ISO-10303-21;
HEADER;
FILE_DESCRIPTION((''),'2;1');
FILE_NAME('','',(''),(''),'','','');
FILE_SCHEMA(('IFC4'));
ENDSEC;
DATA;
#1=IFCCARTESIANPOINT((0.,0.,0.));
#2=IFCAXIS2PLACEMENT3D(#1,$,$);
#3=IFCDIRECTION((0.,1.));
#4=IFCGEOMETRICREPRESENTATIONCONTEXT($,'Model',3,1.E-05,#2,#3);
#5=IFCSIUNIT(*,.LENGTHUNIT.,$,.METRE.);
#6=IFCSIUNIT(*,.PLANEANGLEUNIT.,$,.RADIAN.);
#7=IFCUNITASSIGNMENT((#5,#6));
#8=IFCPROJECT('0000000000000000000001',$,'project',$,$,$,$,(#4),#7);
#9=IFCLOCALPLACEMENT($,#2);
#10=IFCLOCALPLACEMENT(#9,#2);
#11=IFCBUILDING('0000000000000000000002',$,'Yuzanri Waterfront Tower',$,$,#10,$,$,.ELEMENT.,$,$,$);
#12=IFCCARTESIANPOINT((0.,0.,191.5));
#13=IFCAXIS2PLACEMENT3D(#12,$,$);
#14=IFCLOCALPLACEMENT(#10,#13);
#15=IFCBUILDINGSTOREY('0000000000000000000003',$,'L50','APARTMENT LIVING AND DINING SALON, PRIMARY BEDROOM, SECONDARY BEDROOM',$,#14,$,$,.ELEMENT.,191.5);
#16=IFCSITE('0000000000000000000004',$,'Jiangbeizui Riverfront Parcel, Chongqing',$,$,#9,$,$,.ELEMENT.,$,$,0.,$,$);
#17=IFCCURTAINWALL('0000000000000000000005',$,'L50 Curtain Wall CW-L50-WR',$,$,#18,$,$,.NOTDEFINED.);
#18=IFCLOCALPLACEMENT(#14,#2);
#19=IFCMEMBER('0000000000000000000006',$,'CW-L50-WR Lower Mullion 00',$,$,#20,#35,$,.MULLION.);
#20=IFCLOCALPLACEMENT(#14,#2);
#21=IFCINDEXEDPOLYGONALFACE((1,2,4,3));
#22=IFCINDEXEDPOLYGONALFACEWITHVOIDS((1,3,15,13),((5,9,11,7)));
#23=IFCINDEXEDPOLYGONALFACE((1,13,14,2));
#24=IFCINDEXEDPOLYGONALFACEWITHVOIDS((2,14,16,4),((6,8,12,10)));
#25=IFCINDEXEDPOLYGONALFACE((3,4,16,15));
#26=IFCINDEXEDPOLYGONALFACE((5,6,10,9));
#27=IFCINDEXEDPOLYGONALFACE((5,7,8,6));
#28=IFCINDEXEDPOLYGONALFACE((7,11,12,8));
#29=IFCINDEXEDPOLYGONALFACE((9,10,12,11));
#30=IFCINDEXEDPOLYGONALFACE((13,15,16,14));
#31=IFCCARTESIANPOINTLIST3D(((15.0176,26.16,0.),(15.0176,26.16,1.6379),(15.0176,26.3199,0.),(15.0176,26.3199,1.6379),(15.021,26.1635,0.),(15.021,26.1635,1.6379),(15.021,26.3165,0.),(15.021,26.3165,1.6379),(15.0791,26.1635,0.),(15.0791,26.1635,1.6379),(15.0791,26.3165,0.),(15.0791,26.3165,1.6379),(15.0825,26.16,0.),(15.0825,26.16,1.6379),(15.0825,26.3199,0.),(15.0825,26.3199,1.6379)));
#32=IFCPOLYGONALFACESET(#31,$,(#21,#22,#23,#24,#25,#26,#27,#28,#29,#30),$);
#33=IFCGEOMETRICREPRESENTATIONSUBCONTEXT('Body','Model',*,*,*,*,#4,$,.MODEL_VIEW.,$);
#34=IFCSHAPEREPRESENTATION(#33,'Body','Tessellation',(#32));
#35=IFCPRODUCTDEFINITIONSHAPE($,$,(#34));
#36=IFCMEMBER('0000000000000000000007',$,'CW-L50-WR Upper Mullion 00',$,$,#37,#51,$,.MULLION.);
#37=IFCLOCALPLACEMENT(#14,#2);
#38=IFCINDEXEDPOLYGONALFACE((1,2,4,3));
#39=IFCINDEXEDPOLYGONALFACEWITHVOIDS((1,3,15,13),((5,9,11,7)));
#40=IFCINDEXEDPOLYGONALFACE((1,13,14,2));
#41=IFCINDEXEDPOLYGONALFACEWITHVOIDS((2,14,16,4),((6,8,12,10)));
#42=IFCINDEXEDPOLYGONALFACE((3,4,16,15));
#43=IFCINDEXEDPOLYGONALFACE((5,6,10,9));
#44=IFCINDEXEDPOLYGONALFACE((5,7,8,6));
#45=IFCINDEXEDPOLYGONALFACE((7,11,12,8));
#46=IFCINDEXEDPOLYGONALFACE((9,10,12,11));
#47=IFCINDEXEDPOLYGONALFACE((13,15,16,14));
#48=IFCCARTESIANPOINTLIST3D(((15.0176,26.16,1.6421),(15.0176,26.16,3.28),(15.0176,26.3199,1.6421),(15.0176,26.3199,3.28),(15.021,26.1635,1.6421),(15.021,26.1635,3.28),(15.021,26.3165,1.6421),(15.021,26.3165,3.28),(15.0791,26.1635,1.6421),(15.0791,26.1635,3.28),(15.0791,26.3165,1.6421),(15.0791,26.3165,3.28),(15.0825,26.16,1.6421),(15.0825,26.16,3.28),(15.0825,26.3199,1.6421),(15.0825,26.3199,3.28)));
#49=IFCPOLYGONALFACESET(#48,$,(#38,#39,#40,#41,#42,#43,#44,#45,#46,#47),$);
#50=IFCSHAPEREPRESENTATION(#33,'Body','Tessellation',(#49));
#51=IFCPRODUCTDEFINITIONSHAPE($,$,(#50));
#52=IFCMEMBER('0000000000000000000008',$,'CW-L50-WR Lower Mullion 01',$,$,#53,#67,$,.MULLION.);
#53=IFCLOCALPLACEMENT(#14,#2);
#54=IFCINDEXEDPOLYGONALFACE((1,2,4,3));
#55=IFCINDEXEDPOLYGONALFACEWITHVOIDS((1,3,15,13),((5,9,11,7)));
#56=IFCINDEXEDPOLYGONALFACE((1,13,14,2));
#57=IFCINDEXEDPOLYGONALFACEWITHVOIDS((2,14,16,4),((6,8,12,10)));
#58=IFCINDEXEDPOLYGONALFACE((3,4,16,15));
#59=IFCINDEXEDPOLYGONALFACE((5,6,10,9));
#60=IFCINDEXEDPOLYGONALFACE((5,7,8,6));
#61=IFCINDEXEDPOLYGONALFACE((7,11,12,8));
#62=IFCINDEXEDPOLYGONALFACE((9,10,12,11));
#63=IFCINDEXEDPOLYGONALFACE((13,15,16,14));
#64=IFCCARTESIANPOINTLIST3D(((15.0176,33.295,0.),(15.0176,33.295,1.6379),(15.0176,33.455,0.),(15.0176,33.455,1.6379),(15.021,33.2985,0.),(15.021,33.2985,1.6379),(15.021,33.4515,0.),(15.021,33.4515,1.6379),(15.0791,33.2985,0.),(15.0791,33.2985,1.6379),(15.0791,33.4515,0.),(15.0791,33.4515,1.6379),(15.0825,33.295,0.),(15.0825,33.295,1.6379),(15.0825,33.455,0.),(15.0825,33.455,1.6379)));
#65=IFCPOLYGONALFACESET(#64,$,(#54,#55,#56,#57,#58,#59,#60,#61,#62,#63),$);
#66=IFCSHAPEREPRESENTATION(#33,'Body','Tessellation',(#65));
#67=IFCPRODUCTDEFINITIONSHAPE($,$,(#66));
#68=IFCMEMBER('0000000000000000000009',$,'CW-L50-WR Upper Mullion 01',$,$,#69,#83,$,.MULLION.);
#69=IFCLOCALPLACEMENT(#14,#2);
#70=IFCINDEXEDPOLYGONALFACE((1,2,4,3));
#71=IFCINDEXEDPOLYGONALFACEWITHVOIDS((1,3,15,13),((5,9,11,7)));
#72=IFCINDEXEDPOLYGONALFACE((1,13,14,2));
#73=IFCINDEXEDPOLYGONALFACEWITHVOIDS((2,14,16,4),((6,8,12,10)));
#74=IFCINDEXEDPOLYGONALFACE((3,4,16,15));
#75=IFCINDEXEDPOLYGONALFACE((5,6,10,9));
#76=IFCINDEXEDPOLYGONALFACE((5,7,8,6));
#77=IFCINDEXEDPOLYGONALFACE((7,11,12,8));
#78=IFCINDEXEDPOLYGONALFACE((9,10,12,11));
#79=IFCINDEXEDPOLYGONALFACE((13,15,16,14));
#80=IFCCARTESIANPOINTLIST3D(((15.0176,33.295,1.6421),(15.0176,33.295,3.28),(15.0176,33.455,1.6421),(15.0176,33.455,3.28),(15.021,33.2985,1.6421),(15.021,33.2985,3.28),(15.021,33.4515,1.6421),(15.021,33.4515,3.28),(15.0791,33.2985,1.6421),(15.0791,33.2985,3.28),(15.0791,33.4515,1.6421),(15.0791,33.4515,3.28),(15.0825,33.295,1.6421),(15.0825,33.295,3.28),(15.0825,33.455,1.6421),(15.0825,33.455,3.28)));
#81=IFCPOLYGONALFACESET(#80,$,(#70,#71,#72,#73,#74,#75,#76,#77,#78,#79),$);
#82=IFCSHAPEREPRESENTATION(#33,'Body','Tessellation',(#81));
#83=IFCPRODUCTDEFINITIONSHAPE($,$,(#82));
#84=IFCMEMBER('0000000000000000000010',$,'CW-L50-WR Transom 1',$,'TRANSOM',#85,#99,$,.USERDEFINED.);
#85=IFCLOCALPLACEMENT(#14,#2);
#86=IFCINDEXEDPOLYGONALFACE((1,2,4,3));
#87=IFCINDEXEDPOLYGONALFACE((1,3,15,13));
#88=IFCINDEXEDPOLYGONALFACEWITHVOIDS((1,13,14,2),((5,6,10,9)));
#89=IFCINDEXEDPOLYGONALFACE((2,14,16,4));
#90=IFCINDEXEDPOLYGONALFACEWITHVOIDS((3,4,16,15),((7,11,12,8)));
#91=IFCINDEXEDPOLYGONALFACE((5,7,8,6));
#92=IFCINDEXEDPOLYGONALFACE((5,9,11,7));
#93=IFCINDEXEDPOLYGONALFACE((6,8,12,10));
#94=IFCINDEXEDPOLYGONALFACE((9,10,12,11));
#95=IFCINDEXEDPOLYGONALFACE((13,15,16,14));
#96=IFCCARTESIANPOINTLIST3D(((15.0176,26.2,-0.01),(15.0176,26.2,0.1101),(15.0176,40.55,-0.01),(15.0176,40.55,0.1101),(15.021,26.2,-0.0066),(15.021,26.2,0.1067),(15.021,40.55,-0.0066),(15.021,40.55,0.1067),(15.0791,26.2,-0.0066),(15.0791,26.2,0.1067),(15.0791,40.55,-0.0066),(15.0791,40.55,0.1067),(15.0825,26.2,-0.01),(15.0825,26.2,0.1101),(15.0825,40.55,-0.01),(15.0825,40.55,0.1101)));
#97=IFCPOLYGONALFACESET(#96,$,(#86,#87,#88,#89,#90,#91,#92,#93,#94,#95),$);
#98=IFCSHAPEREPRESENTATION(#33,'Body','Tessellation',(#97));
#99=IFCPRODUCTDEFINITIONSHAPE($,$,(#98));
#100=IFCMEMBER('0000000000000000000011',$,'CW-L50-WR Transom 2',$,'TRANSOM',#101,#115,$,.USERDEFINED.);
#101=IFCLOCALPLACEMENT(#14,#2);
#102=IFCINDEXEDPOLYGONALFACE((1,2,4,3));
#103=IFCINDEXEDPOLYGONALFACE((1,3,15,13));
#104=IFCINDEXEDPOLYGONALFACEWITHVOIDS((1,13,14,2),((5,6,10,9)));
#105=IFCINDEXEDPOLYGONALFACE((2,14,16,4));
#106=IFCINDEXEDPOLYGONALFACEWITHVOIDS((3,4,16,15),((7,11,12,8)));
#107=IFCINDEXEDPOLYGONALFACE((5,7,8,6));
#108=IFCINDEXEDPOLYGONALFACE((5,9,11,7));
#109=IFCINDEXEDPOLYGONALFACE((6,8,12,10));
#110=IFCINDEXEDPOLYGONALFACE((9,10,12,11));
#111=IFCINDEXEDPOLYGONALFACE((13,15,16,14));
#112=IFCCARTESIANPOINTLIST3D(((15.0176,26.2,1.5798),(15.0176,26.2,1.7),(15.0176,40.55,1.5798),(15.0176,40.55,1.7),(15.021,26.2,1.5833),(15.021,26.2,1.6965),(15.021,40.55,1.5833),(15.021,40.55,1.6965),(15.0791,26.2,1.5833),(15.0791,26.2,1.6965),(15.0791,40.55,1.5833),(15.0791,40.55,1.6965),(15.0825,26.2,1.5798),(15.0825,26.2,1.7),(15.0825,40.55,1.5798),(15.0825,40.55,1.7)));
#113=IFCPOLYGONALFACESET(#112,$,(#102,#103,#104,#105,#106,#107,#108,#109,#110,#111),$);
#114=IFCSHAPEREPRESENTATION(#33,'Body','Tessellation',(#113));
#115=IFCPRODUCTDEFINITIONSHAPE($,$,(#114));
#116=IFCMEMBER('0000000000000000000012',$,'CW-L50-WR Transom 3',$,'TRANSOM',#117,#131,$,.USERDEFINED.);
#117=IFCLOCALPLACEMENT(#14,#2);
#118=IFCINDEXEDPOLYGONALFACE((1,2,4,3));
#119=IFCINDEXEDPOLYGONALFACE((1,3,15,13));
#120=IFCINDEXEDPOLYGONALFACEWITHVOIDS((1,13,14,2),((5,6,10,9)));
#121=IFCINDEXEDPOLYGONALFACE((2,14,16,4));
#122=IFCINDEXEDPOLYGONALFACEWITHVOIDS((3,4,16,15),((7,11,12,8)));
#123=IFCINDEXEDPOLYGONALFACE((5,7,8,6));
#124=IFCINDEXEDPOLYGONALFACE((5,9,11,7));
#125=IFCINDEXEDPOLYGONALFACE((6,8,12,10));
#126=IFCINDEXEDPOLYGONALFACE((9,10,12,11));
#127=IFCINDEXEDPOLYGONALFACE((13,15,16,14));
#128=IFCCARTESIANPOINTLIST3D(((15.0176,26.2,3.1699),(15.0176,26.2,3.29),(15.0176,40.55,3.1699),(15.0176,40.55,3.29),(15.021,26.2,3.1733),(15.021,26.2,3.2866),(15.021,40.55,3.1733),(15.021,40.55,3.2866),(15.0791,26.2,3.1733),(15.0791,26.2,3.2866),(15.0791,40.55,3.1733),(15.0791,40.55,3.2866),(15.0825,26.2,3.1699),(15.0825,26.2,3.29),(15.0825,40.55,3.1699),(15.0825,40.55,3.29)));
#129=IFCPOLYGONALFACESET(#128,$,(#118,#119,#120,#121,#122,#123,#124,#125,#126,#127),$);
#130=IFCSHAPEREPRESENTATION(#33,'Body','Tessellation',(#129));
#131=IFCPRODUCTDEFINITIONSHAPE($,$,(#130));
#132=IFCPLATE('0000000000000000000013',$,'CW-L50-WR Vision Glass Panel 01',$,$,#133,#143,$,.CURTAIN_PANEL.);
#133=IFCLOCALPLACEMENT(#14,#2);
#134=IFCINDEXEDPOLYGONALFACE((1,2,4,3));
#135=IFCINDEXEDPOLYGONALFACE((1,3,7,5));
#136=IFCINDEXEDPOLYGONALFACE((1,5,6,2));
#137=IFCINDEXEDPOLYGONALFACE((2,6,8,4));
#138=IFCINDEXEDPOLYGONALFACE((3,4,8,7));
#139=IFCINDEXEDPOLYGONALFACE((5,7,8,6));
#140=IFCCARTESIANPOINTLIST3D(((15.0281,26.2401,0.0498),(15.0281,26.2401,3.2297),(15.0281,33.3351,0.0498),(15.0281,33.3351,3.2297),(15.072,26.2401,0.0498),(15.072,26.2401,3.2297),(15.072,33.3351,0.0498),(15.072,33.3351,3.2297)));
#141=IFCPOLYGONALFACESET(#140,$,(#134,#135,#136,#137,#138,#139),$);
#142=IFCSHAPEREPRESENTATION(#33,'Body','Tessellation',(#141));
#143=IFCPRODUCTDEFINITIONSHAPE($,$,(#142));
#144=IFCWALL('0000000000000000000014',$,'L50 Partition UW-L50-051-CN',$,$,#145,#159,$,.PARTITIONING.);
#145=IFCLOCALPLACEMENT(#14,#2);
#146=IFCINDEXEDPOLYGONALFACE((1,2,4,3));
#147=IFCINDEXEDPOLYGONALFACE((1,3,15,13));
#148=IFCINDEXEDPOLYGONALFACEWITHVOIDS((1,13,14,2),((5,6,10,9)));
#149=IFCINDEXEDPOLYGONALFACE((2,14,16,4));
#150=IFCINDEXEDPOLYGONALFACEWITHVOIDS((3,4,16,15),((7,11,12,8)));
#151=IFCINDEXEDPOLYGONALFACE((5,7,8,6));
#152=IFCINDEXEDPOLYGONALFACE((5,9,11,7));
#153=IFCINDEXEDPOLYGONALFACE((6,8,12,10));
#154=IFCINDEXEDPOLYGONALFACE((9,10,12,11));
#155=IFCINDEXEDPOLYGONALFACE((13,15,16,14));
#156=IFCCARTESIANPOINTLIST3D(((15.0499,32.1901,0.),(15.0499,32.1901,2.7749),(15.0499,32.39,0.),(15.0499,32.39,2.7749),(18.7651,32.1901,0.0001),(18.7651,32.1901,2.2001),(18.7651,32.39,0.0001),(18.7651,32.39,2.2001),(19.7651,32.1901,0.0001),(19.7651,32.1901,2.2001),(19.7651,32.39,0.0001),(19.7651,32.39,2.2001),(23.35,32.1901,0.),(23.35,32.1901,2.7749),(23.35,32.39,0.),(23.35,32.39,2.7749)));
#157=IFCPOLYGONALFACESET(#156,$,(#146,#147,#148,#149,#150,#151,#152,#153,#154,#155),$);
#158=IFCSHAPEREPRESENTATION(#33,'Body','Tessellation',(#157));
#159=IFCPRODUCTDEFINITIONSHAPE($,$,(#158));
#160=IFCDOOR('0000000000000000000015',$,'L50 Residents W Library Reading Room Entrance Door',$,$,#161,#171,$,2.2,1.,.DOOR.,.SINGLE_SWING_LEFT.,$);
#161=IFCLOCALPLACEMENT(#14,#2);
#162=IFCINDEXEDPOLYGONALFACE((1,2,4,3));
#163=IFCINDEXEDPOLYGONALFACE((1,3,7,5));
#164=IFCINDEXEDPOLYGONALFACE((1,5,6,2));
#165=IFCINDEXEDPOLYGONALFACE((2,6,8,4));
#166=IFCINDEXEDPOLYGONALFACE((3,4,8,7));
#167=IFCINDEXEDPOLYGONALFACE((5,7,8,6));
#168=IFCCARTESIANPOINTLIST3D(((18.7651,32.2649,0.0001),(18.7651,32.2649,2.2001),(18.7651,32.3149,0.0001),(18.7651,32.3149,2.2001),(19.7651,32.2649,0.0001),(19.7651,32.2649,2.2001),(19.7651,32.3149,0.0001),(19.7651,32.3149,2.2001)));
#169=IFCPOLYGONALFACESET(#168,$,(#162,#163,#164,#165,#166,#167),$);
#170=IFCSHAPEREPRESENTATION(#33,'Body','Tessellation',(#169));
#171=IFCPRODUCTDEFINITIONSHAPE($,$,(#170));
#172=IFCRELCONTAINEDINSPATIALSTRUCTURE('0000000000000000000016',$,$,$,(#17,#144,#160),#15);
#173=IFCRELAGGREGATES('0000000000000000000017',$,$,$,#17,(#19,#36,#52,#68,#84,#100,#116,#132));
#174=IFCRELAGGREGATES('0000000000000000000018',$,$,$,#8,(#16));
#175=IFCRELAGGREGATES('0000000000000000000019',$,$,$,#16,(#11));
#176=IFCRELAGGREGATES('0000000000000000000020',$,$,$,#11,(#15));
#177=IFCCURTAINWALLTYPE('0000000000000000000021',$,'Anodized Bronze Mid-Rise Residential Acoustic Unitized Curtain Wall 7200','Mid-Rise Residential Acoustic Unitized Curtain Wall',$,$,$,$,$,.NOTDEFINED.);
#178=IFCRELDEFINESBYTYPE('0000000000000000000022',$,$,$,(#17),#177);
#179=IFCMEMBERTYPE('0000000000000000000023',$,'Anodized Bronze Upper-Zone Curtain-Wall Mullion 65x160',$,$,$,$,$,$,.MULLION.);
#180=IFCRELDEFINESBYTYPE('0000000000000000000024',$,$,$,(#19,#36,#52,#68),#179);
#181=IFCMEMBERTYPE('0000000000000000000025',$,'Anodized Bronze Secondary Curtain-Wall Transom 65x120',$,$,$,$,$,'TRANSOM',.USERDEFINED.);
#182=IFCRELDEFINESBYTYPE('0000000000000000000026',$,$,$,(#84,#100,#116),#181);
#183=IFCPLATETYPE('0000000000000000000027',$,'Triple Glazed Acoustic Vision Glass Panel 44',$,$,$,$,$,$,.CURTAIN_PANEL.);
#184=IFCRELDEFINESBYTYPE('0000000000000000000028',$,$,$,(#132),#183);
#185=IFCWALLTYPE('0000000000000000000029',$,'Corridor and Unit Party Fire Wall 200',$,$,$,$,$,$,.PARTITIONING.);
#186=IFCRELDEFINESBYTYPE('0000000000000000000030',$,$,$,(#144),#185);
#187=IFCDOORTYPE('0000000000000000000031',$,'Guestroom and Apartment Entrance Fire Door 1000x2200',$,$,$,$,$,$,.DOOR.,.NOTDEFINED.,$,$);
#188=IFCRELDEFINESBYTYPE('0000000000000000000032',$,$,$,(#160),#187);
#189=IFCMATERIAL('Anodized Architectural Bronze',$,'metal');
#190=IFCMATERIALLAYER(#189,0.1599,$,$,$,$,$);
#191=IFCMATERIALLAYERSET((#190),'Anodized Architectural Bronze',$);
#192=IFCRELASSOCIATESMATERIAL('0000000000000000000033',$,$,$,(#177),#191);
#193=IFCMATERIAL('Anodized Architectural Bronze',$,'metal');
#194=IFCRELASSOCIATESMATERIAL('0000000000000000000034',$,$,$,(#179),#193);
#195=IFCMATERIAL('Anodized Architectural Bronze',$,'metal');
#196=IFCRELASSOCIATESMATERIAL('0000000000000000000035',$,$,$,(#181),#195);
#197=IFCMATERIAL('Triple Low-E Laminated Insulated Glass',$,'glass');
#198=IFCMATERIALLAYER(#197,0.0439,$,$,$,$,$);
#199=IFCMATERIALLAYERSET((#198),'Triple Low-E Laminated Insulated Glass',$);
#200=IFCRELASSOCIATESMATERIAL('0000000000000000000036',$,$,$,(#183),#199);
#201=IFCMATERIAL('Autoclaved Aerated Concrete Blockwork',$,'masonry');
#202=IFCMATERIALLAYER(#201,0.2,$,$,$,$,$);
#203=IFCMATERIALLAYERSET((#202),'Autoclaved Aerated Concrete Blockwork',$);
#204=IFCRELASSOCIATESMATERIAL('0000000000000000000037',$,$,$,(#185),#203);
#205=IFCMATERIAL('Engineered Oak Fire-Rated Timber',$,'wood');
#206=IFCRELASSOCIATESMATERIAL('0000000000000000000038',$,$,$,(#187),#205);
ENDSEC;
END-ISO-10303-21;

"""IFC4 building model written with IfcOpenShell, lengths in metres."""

from ifc_helpers import new_model, si_unit, direction, frame, frame_2d, origin, origin_2d, place, context, subcontext, project, spatial, rectangle, hollow_rectangle, extrude, source, transform, mapped, material, layer, layer_set, material_profile, profile_set, type_object, element, fill, aggregate, save


model = new_model("IFC4")

# Units and contexts
model_context = context("Model", 3, precision=1e-05, world=origin(), true_north=direction((0.0, 1.0)))
body_context = subcontext(model_context, "Body", "Model", "MODEL_VIEW")
ifc_project = project(units=[si_unit("LENGTHUNIT", "METRE"), si_unit("PLANEANGLEUNIT", "RADIAN")], contexts=[model_context])

# Site, building, storey
site_placement = place(None, origin())
site = spatial("IfcSite", under=ifc_project, at=site_placement, Name="Jiangbeizui Riverfront Parcel, Chongqing", CompositionType="ELEMENT", RefElevation=0.0)
building_placement = place(site_placement, origin())
building = spatial("IfcBuilding", under=site, at=building_placement, Name="Yuzanri Waterfront Tower", CompositionType="ELEMENT")
storey_placement = place(building_placement, frame((0.0, 0.0, 191.5)))
storey = spatial("IfcBuildingStorey", under=building, at=storey_placement, Name="L50", Description="APARTMENT LIVING AND DINING SALON, PRIMARY BEDROOM, SECONDARY BEDROOM", CompositionType="ELEMENT", Elevation=191.5)

# Shared definitions
ifc_material_1 = material(Name="Anodized Architectural Bronze", Category="metal")
ifc_layer_1 = layer(ifc_material_1, 0.1599)
ifc_layer_set_1 = layer_set([ifc_layer_1], Name="Anodized Architectural Bronze")
curtain_wall_type = type_object("IfcCurtainWallType", Name="Anodized Bronze Mid-Rise Residential Acoustic Unitized Curtain Wall 7200", Description="Mid-Rise Residential Acoustic Unitized Curtain Wall", PredefinedType="NOTDEFINED", material=ifc_layer_set_1)
ifc_material_2 = material(Name="Anodized Architectural Bronze", Category="metal")
ifc_material_profile_1 = material_profile(ifc_material_2, hollow_rectangle(XDim=0.0649, YDim=0.1599, WallThickness=0.0034, at=origin_2d()), Name="CWM 65x160")
ifc_profile_set_1 = profile_set([ifc_material_profile_1], Name="Anodized Architectural Bronze")
member_type_1 = type_object("IfcMemberType", Name="Anodized Bronze Upper-Zone Curtain-Wall Mullion 65x160", PredefinedType="MULLION", material=ifc_profile_set_1)
shared_shape_1 = source(origin(), body_context, "Body", "SweptSolid", [
    extrude(hollow_rectangle(XDim=0.0649, YDim=0.1599, WallThickness=0.0034, at=origin_2d()), origin(), (0.0, 0.0, 1.0), 1.6379),
])

# Curtain wall, members, plate
curtain_wall_1_placement = place(storey_placement, origin())
curtain_wall_1 = element("IfcCurtainWall", 1, at=curtain_wall_1_placement, inside=storey, type_object=curtain_wall_type, Name="L50 Curtain Wall CW-L50-WR", PredefinedType="NOTDEFINED")
member_1_placement = place(storey_placement, frame((15.05, 26.24, 0.0), z_axis=(0.0, 0.0, 1.0), x_axis=(1.0, 0.0, 0.0)))
member_1 = element("IfcMember", 2, at=member_1_placement, type_object=member_type_1, Name="CW-L50-WR Lower Mullion 00", PredefinedType="MULLION", context=body_context, shape_type="MappedRepresentation", body=[
    mapped(shared_shape_1, transform((0.0, 0.0, 0.0), scale=1.0)),
])
member_2_placement = place(storey_placement, frame((15.05, 26.24, 1.6421), z_axis=(0.0, 0.0, 1.0), x_axis=(1.0, 0.0, 0.0)))
member_2 = element("IfcMember", 3, at=member_2_placement, type_object=member_type_1, Name="CW-L50-WR Upper Mullion 00", PredefinedType="MULLION", context=body_context, shape_type="MappedRepresentation", body=[
    mapped(shared_shape_1, transform((0.0, 0.0, 0.0), scale=1.0)),
])
member_3_placement = place(storey_placement, frame((15.05, 33.375, 0.0), z_axis=(0.0, 0.0, 1.0), x_axis=(1.0, 0.0, 0.0)))
member_3 = element("IfcMember", 4, at=member_3_placement, type_object=member_type_1, Name="CW-L50-WR Lower Mullion 01", PredefinedType="MULLION", context=body_context, shape_type="MappedRepresentation", body=[
    mapped(shared_shape_1, transform((0.0, 0.0, 0.0), scale=1.0)),
])
member_4_placement = place(storey_placement, frame((15.05, 33.375, 1.6421), z_axis=(0.0, 0.0, 1.0), x_axis=(1.0, 0.0, 0.0)))
member_4 = element("IfcMember", 5, at=member_4_placement, type_object=member_type_1, Name="CW-L50-WR Upper Mullion 01", PredefinedType="MULLION", context=body_context, shape_type="MappedRepresentation", body=[
    mapped(shared_shape_1, transform((0.0, 0.0, 0.0), scale=1.0)),
])
ifc_material_3 = material(Name="Anodized Architectural Bronze", Category="metal")
ifc_material_profile_2 = material_profile(ifc_material_3, hollow_rectangle(XDim=0.0649, YDim=0.1201, WallThickness=0.0034, at=origin_2d()), Name="CWT 65x120")
ifc_profile_set_2 = profile_set([ifc_material_profile_2], Name="Anodized Architectural Bronze")
member_type_2 = type_object("IfcMemberType", Name="Anodized Bronze Secondary Curtain-Wall Transom 65x120", ElementType="TRANSOM", PredefinedType="USERDEFINED", material=ifc_profile_set_2)
shared_shape_2 = source(origin(), body_context, "Body", "SweptSolid", [
    extrude(hollow_rectangle(XDim=0.0649, YDim=0.1201, WallThickness=0.0034, at=origin_2d()), origin(), (0.0, 0.0, 1.0), 14.3501),
])
member_5_placement = place(storey_placement, frame((15.05, 26.2, 0.05), z_axis=(0.0, 1.0, 0.0), x_axis=(-1.0, 0.0, 0.0)))
member_5 = element("IfcMember", 6, at=member_5_placement, type_object=member_type_2, Name="CW-L50-WR Transom 1", ObjectType="TRANSOM", PredefinedType="USERDEFINED", context=body_context, shape_type="MappedRepresentation", body=[
    mapped(shared_shape_2, transform((0.0, 0.0, 0.0), scale=1.0)),
])
member_6_placement = place(storey_placement, frame((15.05, 26.2, 1.6399), z_axis=(0.0, 1.0, 0.0), x_axis=(-1.0, 0.0, 0.0)))
member_6 = element("IfcMember", 7, at=member_6_placement, type_object=member_type_2, Name="CW-L50-WR Transom 2", ObjectType="TRANSOM", PredefinedType="USERDEFINED", context=body_context, shape_type="MappedRepresentation", body=[
    mapped(shared_shape_2, transform((0.0, 0.0, 0.0), scale=1.0)),
])
member_7_placement = place(storey_placement, frame((15.05, 26.2, 3.23), z_axis=(0.0, 1.0, 0.0), x_axis=(-1.0, 0.0, 0.0)))
member_7 = element("IfcMember", 8, at=member_7_placement, type_object=member_type_2, Name="CW-L50-WR Transom 3", ObjectType="TRANSOM", PredefinedType="USERDEFINED", context=body_context, shape_type="MappedRepresentation", body=[
    mapped(shared_shape_2, transform((0.0, 0.0, 0.0), scale=1.0)),
])
ifc_material_4 = material(Name="Triple Low-E Laminated Insulated Glass", Category="glass")
ifc_layer_2 = layer(ifc_material_4, 0.0439)
ifc_layer_set_2 = layer_set([ifc_layer_2], Name="Triple Low-E Laminated Insulated Glass")
plate_type = type_object("IfcPlateType", Name="Triple Glazed Acoustic Vision Glass Panel 44", PredefinedType="CURTAIN_PANEL", material=ifc_layer_set_2)
shared_shape_3 = source(origin(), body_context, "Body", "SweptSolid", [
    extrude(rectangle(XDim=7.095, YDim=0.0439, at=origin_2d()), origin(), (0.0, 0.0, 1.0), 3.1799),
])
plate_placement = place(storey_placement, frame((15.05, 29.7876, 0.0498), z_axis=(0.0, 0.0, 1.0), x_axis=(0.0, 1.0, 0.0)))
plate = element("IfcPlate", 9, at=plate_placement, type_object=plate_type, Name="CW-L50-WR Vision Glass Panel 01", PredefinedType="CURTAIN_PANEL", context=body_context, shape_type="MappedRepresentation", body=[
    mapped(shared_shape_3, transform((0.0, 0.0, 0.0), scale=1.0)),
])
aggregate(curtain_wall_1, [member_1, member_2, member_3, member_4, member_5, member_6, member_7, plate])

# Wall, opening, door
ifc_material_5 = material(Name="Autoclaved Aerated Concrete Blockwork", Category="masonry")
ifc_layer_3 = layer(ifc_material_5, 0.2)
ifc_layer_set_3 = layer_set([ifc_layer_3], Name="Autoclaved Aerated Concrete Blockwork")
wall_type_1 = type_object("IfcWallType", Name="Corridor and Unit Party Fire Wall 200", PredefinedType="PARTITIONING", material=ifc_layer_set_3)
wall_1_placement = place(storey_placement, frame((15.05, 32.29, 0.0), z_axis=(0.0, 0.0, 1.0), x_axis=(1.0, 0.0, 0.0)))
wall_1 = element("IfcWall", 10, at=wall_1_placement, inside=storey, type_object=wall_type_1, Name="L50 Partition UW-L50-051-CN", PredefinedType="PARTITIONING", context=body_context, shape_type="SweptSolid", body=[
    extrude(rectangle(XDim=8.3, YDim=0.2, at=frame_2d((4.1499, 0.0))), origin(), (0.0, 0.0, 1.0), 2.7749),
])
opening_1_placement = place(wall_1_placement, frame((3.7151, 0.0, 0.0)))
opening_1 = element("IfcOpeningElement", 11, at=opening_1_placement, cuts=wall_1, PredefinedType="OPENING", context=body_context, shape_type="SweptSolid", body=[
    extrude(rectangle(XDim=1.0, YDim=2.2, at=frame_2d((0.5, 1.1001))), frame((0.0, 0.1147, 0.0), z_axis=(0.0, -1.0, 0.0), x_axis=(1.0, 0.0, 0.0)), (0.0, 0.0, 1.0), 0.2297),
])
ifc_material_6 = material(Name="Engineered Oak Fire-Rated Timber", Category="wood")
door_type_1 = type_object("IfcDoorType", Name="Guestroom and Apartment Entrance Fire Door 1000x2200", OperationType="NOTDEFINED", PredefinedType="DOOR", material=ifc_material_6)
shared_shape_4 = source(origin(), body_context, "Body", "SweptSolid", [
    extrude(rectangle(XDim=1.0, YDim=2.2, at=frame_2d((0.5, 1.1001))), frame((0.0, 0.0249, 0.0), z_axis=(0.0, -1.0, 0.0), x_axis=(1.0, 0.0, 0.0)), (0.0, 0.0, 1.0), 0.05),
])
door_1_placement = place(opening_1_placement, origin())
door_1 = element("IfcDoor", 12, at=door_1_placement, inside=storey, type_object=door_type_1, Name="L50 Residents W Library Reading Room Entrance Door", OperationType="SINGLE_SWING_LEFT", OverallHeight=2.2, OverallWidth=1.0, PredefinedType="DOOR", context=body_context, shape_type="MappedRepresentation", body=[
    mapped(shared_shape_4, transform((0.0, 0.0, 0.0), scale=1.0)),
])
fill(opening_1, door_1)

save(model, "model.ifc")
